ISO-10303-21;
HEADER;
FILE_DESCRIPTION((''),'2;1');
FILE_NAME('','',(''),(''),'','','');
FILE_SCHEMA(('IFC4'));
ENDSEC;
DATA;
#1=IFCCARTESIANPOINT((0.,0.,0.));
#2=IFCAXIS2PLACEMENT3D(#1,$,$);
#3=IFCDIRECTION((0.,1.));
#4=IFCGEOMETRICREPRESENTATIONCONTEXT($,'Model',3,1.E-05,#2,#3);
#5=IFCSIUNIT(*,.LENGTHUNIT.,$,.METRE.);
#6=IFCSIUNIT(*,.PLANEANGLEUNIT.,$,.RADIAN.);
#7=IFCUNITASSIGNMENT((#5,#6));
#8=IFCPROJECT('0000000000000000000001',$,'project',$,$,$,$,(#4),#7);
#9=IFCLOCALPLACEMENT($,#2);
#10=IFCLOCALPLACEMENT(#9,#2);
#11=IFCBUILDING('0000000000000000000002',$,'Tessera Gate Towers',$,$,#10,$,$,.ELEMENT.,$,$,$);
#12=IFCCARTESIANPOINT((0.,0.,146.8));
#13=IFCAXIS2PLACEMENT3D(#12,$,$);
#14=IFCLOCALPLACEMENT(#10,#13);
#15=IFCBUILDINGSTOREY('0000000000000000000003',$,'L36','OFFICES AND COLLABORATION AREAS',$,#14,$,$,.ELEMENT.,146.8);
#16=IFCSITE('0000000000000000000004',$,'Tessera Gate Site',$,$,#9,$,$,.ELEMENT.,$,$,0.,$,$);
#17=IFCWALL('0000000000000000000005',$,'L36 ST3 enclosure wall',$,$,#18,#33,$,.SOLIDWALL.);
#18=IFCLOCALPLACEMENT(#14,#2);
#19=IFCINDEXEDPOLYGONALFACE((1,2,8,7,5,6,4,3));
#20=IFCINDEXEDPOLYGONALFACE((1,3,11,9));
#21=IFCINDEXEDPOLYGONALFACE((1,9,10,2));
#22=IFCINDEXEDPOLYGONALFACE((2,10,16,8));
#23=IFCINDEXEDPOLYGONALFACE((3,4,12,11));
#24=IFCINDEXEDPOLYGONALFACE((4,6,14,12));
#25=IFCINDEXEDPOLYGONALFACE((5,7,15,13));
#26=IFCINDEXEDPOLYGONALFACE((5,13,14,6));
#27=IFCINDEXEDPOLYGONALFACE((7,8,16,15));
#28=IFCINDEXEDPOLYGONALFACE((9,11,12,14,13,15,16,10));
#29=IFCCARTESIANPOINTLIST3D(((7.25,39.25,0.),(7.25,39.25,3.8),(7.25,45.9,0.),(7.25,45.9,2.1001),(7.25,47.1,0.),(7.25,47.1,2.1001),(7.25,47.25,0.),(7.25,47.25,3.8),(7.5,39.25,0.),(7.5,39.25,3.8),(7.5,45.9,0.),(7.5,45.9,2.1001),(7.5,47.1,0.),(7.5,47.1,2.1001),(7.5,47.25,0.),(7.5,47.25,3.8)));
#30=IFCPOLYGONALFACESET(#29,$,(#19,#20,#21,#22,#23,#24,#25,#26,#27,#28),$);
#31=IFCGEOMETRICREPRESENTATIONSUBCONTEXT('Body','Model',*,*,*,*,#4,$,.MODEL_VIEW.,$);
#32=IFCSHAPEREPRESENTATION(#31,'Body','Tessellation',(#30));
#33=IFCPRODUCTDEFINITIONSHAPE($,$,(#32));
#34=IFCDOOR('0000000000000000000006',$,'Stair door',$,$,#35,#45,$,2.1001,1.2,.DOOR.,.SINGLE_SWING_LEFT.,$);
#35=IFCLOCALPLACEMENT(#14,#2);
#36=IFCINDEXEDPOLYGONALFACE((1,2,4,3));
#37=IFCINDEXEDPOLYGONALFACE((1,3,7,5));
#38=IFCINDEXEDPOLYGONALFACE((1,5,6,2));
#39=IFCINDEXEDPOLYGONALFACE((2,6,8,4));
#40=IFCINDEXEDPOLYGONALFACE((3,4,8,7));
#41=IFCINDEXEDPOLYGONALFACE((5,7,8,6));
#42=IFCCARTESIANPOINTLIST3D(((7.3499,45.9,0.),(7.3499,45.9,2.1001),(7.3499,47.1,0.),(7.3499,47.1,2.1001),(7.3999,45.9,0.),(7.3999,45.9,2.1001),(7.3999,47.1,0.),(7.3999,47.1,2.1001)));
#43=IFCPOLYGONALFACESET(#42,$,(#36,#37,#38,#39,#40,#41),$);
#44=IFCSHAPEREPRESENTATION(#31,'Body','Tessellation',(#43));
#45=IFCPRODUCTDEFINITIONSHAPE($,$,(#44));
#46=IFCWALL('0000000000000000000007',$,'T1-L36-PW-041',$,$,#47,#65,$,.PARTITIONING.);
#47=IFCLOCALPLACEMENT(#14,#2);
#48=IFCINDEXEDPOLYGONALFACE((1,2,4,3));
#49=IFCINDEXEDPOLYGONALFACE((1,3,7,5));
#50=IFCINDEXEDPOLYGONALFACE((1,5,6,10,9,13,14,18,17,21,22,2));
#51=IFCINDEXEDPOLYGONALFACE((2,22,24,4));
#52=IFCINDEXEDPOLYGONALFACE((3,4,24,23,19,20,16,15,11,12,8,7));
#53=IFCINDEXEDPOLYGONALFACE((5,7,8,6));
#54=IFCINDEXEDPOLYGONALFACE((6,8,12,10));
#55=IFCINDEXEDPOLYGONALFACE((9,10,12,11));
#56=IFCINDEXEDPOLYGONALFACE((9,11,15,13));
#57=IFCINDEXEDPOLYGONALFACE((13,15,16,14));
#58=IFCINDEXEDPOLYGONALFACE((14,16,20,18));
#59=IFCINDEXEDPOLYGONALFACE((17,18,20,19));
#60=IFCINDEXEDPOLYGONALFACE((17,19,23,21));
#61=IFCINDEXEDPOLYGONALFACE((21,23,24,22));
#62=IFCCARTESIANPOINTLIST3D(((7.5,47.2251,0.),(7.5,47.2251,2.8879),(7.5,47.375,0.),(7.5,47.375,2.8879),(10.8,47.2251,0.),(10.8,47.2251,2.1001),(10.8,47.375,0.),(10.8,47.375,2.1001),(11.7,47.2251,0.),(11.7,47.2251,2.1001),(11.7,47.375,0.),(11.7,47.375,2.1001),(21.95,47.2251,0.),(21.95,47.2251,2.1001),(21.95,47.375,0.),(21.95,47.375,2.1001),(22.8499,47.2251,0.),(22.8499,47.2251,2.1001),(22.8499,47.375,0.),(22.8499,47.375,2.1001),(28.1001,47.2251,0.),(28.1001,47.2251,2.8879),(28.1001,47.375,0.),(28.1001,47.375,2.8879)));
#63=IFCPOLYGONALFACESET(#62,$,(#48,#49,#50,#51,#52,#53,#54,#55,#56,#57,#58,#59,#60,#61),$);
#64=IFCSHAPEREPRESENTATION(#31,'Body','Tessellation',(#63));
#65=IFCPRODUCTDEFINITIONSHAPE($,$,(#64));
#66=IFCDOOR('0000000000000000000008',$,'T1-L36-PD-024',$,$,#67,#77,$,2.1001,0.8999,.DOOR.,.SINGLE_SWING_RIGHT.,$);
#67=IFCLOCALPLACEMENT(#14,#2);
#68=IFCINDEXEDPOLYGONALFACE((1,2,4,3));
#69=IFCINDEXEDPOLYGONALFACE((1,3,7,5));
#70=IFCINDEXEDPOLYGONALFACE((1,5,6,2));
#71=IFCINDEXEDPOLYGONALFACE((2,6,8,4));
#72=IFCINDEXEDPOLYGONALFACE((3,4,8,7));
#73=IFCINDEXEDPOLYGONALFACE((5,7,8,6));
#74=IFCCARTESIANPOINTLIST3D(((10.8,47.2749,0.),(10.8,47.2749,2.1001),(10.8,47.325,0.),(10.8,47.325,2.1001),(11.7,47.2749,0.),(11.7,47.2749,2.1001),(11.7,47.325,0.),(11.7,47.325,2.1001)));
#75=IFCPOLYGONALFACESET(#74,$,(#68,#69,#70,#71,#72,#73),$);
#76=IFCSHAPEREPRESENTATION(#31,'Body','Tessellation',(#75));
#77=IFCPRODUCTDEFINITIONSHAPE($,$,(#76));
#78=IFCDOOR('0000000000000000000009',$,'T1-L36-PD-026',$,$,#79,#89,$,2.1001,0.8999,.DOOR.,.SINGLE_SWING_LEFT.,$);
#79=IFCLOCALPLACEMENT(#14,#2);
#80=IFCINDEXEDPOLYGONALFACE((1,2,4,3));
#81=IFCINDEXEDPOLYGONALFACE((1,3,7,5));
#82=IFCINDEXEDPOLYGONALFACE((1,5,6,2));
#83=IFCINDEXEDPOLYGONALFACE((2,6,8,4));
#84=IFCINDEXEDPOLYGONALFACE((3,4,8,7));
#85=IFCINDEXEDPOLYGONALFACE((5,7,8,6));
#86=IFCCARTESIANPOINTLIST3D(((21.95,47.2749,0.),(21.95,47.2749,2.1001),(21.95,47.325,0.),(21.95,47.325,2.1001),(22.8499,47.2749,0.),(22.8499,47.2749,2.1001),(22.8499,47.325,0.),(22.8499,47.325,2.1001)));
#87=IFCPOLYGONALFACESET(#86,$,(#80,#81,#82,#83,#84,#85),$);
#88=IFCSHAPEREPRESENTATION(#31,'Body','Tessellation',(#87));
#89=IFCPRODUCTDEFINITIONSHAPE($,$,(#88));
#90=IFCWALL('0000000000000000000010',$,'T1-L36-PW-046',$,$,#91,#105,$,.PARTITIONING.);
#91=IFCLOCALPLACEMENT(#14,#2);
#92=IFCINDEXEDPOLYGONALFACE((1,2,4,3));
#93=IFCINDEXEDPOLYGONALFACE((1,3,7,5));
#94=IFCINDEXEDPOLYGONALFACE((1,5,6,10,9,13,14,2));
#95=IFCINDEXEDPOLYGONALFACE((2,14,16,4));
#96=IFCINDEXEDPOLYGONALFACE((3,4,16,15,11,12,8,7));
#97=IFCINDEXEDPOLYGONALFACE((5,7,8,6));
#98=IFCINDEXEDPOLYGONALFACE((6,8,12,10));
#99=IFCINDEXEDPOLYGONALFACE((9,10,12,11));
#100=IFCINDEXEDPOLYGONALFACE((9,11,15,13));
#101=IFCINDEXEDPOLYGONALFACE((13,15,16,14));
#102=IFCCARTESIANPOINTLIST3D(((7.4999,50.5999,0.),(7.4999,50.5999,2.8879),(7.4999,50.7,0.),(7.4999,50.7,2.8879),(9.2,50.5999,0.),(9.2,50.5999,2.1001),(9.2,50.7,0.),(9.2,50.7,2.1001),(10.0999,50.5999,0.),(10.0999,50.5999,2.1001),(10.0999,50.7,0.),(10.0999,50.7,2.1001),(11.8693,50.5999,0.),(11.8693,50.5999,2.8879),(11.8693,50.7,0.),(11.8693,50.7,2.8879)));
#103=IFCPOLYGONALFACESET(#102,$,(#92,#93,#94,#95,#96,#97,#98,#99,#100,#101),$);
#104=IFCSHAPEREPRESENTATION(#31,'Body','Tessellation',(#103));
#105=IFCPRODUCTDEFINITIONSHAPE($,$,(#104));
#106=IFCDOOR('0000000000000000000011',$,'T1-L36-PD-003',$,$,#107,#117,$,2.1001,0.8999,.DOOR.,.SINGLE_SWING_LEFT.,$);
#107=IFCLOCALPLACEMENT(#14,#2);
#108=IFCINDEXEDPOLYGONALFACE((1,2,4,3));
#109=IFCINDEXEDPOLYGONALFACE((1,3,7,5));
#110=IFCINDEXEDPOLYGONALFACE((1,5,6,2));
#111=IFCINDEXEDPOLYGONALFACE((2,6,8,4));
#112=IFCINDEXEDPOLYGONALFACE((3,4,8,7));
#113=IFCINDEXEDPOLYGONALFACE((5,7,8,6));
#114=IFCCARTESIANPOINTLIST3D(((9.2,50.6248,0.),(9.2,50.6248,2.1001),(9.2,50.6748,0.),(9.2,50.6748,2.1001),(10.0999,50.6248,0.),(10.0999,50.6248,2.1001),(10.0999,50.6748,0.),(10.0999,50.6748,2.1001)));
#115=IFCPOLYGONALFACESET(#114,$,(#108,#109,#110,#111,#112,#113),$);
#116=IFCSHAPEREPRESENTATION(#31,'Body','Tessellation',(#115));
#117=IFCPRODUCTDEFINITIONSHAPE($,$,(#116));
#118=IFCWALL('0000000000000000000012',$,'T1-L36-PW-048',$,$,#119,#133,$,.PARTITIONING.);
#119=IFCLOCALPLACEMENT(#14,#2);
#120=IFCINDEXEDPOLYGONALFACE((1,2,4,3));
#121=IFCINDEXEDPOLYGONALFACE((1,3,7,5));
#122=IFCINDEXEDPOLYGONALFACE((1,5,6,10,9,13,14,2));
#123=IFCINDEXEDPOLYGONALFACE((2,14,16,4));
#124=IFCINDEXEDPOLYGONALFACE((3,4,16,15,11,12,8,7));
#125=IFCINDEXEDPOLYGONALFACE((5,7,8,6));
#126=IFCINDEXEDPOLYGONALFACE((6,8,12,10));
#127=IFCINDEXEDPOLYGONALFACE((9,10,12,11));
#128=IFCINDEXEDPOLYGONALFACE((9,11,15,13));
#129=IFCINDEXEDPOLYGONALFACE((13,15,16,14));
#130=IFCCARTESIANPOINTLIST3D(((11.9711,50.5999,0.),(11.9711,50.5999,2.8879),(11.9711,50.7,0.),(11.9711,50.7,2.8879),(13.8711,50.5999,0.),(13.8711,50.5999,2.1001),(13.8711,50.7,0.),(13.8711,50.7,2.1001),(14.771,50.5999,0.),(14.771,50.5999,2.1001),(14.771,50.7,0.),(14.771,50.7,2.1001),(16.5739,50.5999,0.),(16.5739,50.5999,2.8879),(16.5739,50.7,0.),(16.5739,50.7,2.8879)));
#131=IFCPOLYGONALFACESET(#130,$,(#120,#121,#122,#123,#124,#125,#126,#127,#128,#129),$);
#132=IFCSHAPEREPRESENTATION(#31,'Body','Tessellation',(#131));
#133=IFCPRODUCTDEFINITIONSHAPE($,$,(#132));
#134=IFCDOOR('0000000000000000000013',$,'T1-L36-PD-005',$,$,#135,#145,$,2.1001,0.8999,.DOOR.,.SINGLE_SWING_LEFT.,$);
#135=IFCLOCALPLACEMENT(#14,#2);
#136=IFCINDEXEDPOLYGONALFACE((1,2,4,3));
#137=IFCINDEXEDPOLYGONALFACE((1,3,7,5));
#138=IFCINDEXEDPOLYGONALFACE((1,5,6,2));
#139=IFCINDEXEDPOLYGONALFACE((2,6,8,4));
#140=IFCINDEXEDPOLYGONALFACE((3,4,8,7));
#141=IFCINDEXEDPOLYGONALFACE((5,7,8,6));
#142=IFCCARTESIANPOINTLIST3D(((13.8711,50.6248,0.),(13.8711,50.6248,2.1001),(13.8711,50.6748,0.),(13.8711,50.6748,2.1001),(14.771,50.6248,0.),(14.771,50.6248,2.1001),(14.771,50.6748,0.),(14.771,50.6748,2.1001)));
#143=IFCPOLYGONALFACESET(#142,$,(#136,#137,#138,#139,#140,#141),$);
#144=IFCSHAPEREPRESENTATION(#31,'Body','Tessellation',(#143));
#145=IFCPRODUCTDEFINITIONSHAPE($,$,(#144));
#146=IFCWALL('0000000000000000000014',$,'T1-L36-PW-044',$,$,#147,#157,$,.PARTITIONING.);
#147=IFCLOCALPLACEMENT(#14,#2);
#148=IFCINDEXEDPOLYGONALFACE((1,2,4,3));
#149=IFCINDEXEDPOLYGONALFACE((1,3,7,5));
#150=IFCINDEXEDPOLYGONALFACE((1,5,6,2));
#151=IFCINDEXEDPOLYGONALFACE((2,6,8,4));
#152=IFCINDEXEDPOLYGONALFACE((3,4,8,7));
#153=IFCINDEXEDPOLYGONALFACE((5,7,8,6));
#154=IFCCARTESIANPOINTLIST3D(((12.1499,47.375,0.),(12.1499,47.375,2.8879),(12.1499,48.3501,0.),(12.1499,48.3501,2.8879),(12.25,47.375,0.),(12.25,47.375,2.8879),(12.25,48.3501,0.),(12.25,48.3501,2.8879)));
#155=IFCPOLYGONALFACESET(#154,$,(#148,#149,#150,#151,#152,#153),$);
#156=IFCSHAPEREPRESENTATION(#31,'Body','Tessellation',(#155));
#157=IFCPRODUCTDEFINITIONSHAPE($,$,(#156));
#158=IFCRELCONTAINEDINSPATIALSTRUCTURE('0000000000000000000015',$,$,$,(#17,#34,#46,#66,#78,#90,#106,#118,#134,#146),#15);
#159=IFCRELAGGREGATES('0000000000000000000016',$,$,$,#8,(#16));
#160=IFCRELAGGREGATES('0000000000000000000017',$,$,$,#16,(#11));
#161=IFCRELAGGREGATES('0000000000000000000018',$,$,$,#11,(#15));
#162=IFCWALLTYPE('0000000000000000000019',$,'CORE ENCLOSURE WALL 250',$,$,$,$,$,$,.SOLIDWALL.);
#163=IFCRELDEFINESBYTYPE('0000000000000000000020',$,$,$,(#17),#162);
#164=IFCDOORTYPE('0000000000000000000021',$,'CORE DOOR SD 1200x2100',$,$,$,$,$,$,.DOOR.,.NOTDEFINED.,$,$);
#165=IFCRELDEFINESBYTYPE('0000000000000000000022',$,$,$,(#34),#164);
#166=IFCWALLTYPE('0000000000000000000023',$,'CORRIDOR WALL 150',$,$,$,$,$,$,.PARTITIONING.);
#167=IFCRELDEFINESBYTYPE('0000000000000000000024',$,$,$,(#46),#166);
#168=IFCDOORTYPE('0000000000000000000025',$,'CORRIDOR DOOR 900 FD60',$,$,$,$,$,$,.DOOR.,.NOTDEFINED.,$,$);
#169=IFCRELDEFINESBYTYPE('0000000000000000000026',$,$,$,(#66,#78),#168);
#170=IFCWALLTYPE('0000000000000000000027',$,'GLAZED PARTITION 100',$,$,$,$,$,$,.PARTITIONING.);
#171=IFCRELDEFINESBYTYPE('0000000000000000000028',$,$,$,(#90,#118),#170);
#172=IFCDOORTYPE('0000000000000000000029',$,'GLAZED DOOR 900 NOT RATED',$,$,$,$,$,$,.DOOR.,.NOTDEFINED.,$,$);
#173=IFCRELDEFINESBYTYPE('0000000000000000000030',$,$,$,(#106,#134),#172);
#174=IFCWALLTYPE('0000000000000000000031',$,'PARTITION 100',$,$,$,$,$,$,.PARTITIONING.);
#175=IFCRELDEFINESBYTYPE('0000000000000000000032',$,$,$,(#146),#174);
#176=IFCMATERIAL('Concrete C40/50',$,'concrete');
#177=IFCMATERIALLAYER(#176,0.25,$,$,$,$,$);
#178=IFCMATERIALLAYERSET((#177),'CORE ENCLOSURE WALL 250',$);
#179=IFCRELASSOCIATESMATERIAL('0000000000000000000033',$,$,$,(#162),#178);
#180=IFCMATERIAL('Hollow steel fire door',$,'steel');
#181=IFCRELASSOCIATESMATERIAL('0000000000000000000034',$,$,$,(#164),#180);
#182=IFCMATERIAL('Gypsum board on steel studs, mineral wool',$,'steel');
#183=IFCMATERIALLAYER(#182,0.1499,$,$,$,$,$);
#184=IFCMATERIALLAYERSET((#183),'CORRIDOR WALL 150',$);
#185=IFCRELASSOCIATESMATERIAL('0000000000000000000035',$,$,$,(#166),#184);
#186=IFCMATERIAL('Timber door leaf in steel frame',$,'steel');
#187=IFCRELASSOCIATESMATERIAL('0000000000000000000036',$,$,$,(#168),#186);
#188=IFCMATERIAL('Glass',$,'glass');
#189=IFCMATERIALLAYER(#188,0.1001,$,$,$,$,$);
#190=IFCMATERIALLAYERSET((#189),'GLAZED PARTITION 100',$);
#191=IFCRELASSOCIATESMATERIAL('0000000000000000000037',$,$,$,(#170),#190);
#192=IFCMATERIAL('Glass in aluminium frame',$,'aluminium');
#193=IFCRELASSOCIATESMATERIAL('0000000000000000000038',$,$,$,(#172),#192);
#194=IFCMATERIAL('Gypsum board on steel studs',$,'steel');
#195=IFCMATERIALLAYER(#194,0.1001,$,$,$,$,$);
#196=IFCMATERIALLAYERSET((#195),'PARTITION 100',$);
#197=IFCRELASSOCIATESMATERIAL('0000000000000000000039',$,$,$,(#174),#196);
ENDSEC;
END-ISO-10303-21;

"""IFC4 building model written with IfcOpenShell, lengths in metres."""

from ifc_helpers import new_model, si_unit, direction, frame, frame_2d, origin, place, context, subcontext, project, spatial, rectangle, extrude, source, transform, mapped, material, layer, layer_set, type_object, element, fill, save


model = new_model("IFC4")

# Units and contexts
model_context = context("Model", 3, precision=1e-05, world=origin(), true_north=direction((0.0, 1.0)))
body_context = subcontext(model_context, "Body", "Model", "MODEL_VIEW")
ifc_project = project(units=[si_unit("LENGTHUNIT", "METRE"), si_unit("PLANEANGLEUNIT", "RADIAN")], contexts=[model_context])

# Site, building, storey
site_placement = place(None, origin())
site = spatial("IfcSite", under=ifc_project, at=site_placement, Name="Tessera Gate Site", CompositionType="ELEMENT", RefElevation=0.0)
building_placement = place(site_placement, origin())
building = spatial("IfcBuilding", under=site, at=building_placement, Name="Tessera Gate Towers", CompositionType="ELEMENT")
storey_placement = place(building_placement, frame((0.0, 0.0, 146.8)))
storey = spatial("IfcBuildingStorey", under=building, at=storey_placement, Name="L36", Description="OFFICES AND COLLABORATION AREAS", CompositionType="ELEMENT", Elevation=146.8)

# Shared definitions
ifc_material_1 = material(Name="Concrete C40/50", Category="concrete")
ifc_layer_1 = layer(ifc_material_1, 0.25)
ifc_layer_set_1 = layer_set([ifc_layer_1], Name="CORE ENCLOSURE WALL 250")
wall_type_1 = type_object("IfcWallType", Name="CORE ENCLOSURE WALL 250", PredefinedType="SOLIDWALL", material=ifc_layer_set_1)

# Wall, opening, door
wall_1_placement = place(storey_placement, frame((7.375, 47.25, 0.0), z_axis=(0.0, 0.0, 1.0), x_axis=(0.0, -1.0, 0.0)))
wall_1 = element("IfcWall", 1, at=wall_1_placement, inside=storey, type_object=wall_type_1, Name="L36 ST3 enclosure wall", PredefinedType="SOLIDWALL", context=body_context, shape_type="SweptSolid", body=[
    extrude(rectangle(XDim=8.0, YDim=0.25, at=frame_2d((4.0, 0.0))), origin(), (0.0, 0.0, 1.0), 3.8),
])
shared_shape_1 = source(origin(), body_context, "Body", "SweptSolid", [
    extrude(rectangle(XDim=1.2, YDim=2.1001, at=frame_2d((0.6001, 1.05))), frame((0.0, 0.135, 0.0), z_axis=(0.0, -1.0, 0.0), x_axis=(1.0, 0.0, 0.0)), (0.0, 0.0, 1.0), 0.27),
])
opening_1_placement = place(wall_1_placement, frame((0.1499, 0.0, 0.0)))
opening_1 = element("IfcOpeningElement", 2, at=opening_1_placement, cuts=wall_1, PredefinedType="OPENING", context=body_context, shape_type="MappedRepresentation", body=[
    mapped(shared_shape_1, transform((0.0, 0.0, 0.0), scale=1.0)),
])
ifc_material_2 = material(Name="Hollow steel fire door", Category="steel")
door_type_1 = type_object("IfcDoorType", Name="CORE DOOR SD 1200x2100", OperationType="NOTDEFINED", PredefinedType="DOOR", material=ifc_material_2)
shared_shape_2 = source(origin(), body_context, "Body", "SweptSolid", [
    extrude(rectangle(XDim=1.2, YDim=2.1001, at=frame_2d((0.6001, 1.05))), frame((0.0, 0.0249, 0.0), z_axis=(0.0, -1.0, 0.0), x_axis=(1.0, 0.0, 0.0)), (0.0, 0.0, 1.0), 0.05),
])
door_1_placement = place(opening_1_placement, origin())
door_1 = element("IfcDoor", 3, at=door_1_placement, inside=storey, type_object=door_type_1, Name="Stair door", OperationType="SINGLE_SWING_LEFT", OverallHeight=2.1001, OverallWidth=1.2, PredefinedType="DOOR", context=body_context, shape_type="MappedRepresentation", body=[
    mapped(shared_shape_2, transform((0.0, 0.0, 0.0), scale=1.0)),
])
fill(opening_1, door_1)

# Wall, openings, doors
ifc_material_3 = material(Name="Gypsum board on steel studs, mineral wool", Category="steel")
ifc_layer_2 = layer(ifc_material_3, 0.1499)
ifc_layer_set_2 = layer_set([ifc_layer_2], Name="CORRIDOR WALL 150")
wall_type_2 = type_object("IfcWallType", Name="CORRIDOR WALL 150", PredefinedType="PARTITIONING", material=ifc_layer_set_2)
wall_2_placement = place(storey_placement, frame((7.5, 47.3, 0.0), z_axis=(0.0, 0.0, 1.0), x_axis=(1.0, 0.0, 0.0)))
wall_2 = element("IfcWall", 4, at=wall_2_placement, inside=storey, type_object=wall_type_2, Name="T1-L36-PW-041", PredefinedType="PARTITIONING", context=body_context, shape_type="SweptSolid", body=[
    extrude(rectangle(XDim=20.6001, YDim=0.1499, at=frame_2d((10.3, 0.0))), origin(), (0.0, 0.0, 1.0), 2.8879),
])
shared_shape_3 = source(origin(), body_context, "Body", "SweptSolid", [
    extrude(rectangle(XDim=0.8999, YDim=2.1001, at=frame_2d((0.45, 1.05))), frame((0.0, 0.085, 0.0), z_axis=(0.0, -1.0, 0.0), x_axis=(1.0, 0.0, 0.0)), (0.0, 0.0, 1.0), 0.1699),
])
opening_2_placement = place(wall_2_placement, frame((3.3, 0.0, 0.0)))
opening_2 = element("IfcOpeningElement", 5, at=opening_2_placement, cuts=wall_2, PredefinedType="OPENING", context=body_context, shape_type="MappedRepresentation", body=[
    mapped(shared_shape_3, transform((0.0, 0.0, 0.0), scale=1.0)),
])
opening_3_placement = place(wall_2_placement, frame((14.45, 0.0, 0.0)))
opening_3 = element("IfcOpeningElement", 6, at=opening_3_placement, cuts=wall_2, PredefinedType="OPENING", context=body_context, shape_type="MappedRepresentation", body=[
    mapped(shared_shape_3, transform((0.0, 0.0, 0.0), scale=1.0)),
])
ifc_material_4 = material(Name="Timber door leaf in steel frame", Category="steel")
door_type_2 = type_object("IfcDoorType", Name="CORRIDOR DOOR 900 FD60", OperationType="NOTDEFINED", PredefinedType="DOOR", material=ifc_material_4)
shared_shape_4 = source(origin(), body_context, "Body", "SweptSolid", [
    extrude(rectangle(XDim=0.8999, YDim=2.1001, at=frame_2d((0.45, 1.05))), frame((0.0, 0.0249, 0.0), z_axis=(0.0, -1.0, 0.0), x_axis=(1.0, 0.0, 0.0)), (0.0, 0.0, 1.0), 0.05),
])
door_2_placement = place(opening_2_placement, origin())
door_2 = element("IfcDoor", 7, at=door_2_placement, inside=storey, type_object=door_type_2, Name="T1-L36-PD-024", OperationType="SINGLE_SWING_RIGHT", OverallHeight=2.1001, OverallWidth=0.8999, PredefinedType="DOOR", context=body_context, shape_type="MappedRepresentation", body=[
    mapped(shared_shape_4, transform((0.0, 0.0, 0.0), scale=1.0)),
])
fill(opening_2, door_2)
door_3_placement = place(opening_3_placement, origin())
door_3 = element("IfcDoor", 8, at=door_3_placement, inside=storey, type_object=door_type_2, Name="T1-L36-PD-026", OperationType="SINGLE_SWING_LEFT", OverallHeight=2.1001, OverallWidth=0.8999, PredefinedType="DOOR", context=body_context, shape_type="MappedRepresentation", body=[
    mapped(shared_shape_4, transform((0.0, 0.0, 0.0), scale=1.0)),
])
fill(opening_3, door_3)

# Walls, openings, doors
ifc_material_5 = material(Name="Glass", Category="glass")
ifc_layer_3 = layer(ifc_material_5, 0.1001)
ifc_layer_set_3 = layer_set([ifc_layer_3], Name="GLAZED PARTITION 100")
wall_type_3 = type_object("IfcWallType", Name="GLAZED PARTITION 100", PredefinedType="PARTITIONING", material=ifc_layer_set_3)
wall_3_placement = place(storey_placement, frame((7.5, 50.6499, 0.0), z_axis=(0.0, 0.0, 1.0), x_axis=(1.0, 0.0, 0.0)))
wall_3 = element("IfcWall", 9, at=wall_3_placement, inside=storey, type_object=wall_type_3, Name="T1-L36-PW-046", PredefinedType="PARTITIONING", context=body_context, shape_type="SweptSolid", body=[
    extrude(rectangle(XDim=4.3694, YDim=0.1001, at=frame_2d((2.1846, 0.0))), origin(), (0.0, 0.0, 1.0), 2.8879),
])
shared_shape_5 = source(origin(), body_context, "Body", "SweptSolid", [
    extrude(rectangle(XDim=0.8999, YDim=2.1001, at=frame_2d((0.45, 1.05))), frame((0.0, 0.0601, 0.0), z_axis=(0.0, -1.0, 0.0), x_axis=(1.0, 0.0, 0.0)), (0.0, 0.0, 1.0), 0.1201),
])
opening_4_placement = place(wall_3_placement, frame((1.7, 0.0, 0.0)))
opening_4 = element("IfcOpeningElement", 10, at=opening_4_placement, cuts=wall_3, PredefinedType="OPENING", context=body_context, shape_type="MappedRepresentation", body=[
    mapped(shared_shape_5, transform((0.0, 0.0, 0.0), scale=1.0)),
])
ifc_material_6 = material(Name="Glass in aluminium frame", Category="aluminium")
door_type_3 = type_object("IfcDoorType", Name="GLAZED DOOR 900 NOT RATED", OperationType="NOTDEFINED", PredefinedType="DOOR", material=ifc_material_6)
door_4_placement = place(opening_4_placement, origin())
door_4 = element("IfcDoor", 11, at=door_4_placement, inside=storey, type_object=door_type_3, Name="T1-L36-PD-003", OperationType="SINGLE_SWING_LEFT", OverallHeight=2.1001, OverallWidth=0.8999, PredefinedType="DOOR", context=body_context, shape_type="MappedRepresentation", body=[
    mapped(shared_shape_4, transform((0.0, 0.0, 0.0), scale=1.0)),
])
fill(opening_4, door_4)
wall_4_placement = place(storey_placement, frame((11.9712, 50.6499, 0.0), z_axis=(0.0, 0.0, 1.0), x_axis=(1.0, 0.0, 0.0)))
wall_4 = element("IfcWall", 12, at=wall_4_placement, inside=storey, type_object=wall_type_3, Name="T1-L36-PW-048", PredefinedType="PARTITIONING", context=body_context, shape_type="SweptSolid", body=[
    extrude(rectangle(XDim=4.6028, YDim=0.1001, at=frame_2d((2.3013, 0.0))), origin(), (0.0, 0.0, 1.0), 2.8879),
])
opening_5_placement = place(wall_4_placement, frame((1.8999, 0.0, 0.0)))
opening_5 = element("IfcOpeningElement", 13, at=opening_5_placement, cuts=wall_4, PredefinedType="OPENING", context=body_context, shape_type="MappedRepresentation", body=[
    mapped(shared_shape_5, transform((0.0, 0.0, 0.0), scale=1.0)),
])
door_5_placement = place(opening_5_placement, origin())
door_5 = element("IfcDoor", 14, at=door_5_placement, inside=storey, type_object=door_type_3, Name="T1-L36-PD-005", OperationType="SINGLE_SWING_LEFT", OverallHeight=2.1001, OverallWidth=0.8999, PredefinedType="DOOR", context=body_context, shape_type="MappedRepresentation", body=[
    mapped(shared_shape_4, transform((0.0, 0.0, 0.0), scale=1.0)),
])
fill(opening_5, door_5)

# Wall
ifc_material_7 = material(Name="Gypsum board on steel studs", Category="steel")
ifc_layer_4 = layer(ifc_material_7, 0.1001)
ifc_layer_set_4 = layer_set([ifc_layer_4], Name="PARTITION 100")
wall_type_4 = type_object("IfcWallType", Name="PARTITION 100", PredefinedType="PARTITIONING", material=ifc_layer_set_4)
wall_5_placement = place(storey_placement, frame((12.2, 48.3501, 0.0), z_axis=(0.0, 0.0, 1.0), x_axis=(0.0, -1.0, 0.0)))
element("IfcWall", 15, at=wall_5_placement, inside=storey, type_object=wall_type_4, Name="T1-L36-PW-044", PredefinedType="PARTITIONING", context=body_context, shape_type="SweptSolid", body=[
    extrude(rectangle(XDim=0.9751, YDim=0.1001, at=frame_2d((0.4875, 0.0))), origin(), (0.0, 0.0, 1.0), 2.8879),
])

save(model, "model.ifc")
